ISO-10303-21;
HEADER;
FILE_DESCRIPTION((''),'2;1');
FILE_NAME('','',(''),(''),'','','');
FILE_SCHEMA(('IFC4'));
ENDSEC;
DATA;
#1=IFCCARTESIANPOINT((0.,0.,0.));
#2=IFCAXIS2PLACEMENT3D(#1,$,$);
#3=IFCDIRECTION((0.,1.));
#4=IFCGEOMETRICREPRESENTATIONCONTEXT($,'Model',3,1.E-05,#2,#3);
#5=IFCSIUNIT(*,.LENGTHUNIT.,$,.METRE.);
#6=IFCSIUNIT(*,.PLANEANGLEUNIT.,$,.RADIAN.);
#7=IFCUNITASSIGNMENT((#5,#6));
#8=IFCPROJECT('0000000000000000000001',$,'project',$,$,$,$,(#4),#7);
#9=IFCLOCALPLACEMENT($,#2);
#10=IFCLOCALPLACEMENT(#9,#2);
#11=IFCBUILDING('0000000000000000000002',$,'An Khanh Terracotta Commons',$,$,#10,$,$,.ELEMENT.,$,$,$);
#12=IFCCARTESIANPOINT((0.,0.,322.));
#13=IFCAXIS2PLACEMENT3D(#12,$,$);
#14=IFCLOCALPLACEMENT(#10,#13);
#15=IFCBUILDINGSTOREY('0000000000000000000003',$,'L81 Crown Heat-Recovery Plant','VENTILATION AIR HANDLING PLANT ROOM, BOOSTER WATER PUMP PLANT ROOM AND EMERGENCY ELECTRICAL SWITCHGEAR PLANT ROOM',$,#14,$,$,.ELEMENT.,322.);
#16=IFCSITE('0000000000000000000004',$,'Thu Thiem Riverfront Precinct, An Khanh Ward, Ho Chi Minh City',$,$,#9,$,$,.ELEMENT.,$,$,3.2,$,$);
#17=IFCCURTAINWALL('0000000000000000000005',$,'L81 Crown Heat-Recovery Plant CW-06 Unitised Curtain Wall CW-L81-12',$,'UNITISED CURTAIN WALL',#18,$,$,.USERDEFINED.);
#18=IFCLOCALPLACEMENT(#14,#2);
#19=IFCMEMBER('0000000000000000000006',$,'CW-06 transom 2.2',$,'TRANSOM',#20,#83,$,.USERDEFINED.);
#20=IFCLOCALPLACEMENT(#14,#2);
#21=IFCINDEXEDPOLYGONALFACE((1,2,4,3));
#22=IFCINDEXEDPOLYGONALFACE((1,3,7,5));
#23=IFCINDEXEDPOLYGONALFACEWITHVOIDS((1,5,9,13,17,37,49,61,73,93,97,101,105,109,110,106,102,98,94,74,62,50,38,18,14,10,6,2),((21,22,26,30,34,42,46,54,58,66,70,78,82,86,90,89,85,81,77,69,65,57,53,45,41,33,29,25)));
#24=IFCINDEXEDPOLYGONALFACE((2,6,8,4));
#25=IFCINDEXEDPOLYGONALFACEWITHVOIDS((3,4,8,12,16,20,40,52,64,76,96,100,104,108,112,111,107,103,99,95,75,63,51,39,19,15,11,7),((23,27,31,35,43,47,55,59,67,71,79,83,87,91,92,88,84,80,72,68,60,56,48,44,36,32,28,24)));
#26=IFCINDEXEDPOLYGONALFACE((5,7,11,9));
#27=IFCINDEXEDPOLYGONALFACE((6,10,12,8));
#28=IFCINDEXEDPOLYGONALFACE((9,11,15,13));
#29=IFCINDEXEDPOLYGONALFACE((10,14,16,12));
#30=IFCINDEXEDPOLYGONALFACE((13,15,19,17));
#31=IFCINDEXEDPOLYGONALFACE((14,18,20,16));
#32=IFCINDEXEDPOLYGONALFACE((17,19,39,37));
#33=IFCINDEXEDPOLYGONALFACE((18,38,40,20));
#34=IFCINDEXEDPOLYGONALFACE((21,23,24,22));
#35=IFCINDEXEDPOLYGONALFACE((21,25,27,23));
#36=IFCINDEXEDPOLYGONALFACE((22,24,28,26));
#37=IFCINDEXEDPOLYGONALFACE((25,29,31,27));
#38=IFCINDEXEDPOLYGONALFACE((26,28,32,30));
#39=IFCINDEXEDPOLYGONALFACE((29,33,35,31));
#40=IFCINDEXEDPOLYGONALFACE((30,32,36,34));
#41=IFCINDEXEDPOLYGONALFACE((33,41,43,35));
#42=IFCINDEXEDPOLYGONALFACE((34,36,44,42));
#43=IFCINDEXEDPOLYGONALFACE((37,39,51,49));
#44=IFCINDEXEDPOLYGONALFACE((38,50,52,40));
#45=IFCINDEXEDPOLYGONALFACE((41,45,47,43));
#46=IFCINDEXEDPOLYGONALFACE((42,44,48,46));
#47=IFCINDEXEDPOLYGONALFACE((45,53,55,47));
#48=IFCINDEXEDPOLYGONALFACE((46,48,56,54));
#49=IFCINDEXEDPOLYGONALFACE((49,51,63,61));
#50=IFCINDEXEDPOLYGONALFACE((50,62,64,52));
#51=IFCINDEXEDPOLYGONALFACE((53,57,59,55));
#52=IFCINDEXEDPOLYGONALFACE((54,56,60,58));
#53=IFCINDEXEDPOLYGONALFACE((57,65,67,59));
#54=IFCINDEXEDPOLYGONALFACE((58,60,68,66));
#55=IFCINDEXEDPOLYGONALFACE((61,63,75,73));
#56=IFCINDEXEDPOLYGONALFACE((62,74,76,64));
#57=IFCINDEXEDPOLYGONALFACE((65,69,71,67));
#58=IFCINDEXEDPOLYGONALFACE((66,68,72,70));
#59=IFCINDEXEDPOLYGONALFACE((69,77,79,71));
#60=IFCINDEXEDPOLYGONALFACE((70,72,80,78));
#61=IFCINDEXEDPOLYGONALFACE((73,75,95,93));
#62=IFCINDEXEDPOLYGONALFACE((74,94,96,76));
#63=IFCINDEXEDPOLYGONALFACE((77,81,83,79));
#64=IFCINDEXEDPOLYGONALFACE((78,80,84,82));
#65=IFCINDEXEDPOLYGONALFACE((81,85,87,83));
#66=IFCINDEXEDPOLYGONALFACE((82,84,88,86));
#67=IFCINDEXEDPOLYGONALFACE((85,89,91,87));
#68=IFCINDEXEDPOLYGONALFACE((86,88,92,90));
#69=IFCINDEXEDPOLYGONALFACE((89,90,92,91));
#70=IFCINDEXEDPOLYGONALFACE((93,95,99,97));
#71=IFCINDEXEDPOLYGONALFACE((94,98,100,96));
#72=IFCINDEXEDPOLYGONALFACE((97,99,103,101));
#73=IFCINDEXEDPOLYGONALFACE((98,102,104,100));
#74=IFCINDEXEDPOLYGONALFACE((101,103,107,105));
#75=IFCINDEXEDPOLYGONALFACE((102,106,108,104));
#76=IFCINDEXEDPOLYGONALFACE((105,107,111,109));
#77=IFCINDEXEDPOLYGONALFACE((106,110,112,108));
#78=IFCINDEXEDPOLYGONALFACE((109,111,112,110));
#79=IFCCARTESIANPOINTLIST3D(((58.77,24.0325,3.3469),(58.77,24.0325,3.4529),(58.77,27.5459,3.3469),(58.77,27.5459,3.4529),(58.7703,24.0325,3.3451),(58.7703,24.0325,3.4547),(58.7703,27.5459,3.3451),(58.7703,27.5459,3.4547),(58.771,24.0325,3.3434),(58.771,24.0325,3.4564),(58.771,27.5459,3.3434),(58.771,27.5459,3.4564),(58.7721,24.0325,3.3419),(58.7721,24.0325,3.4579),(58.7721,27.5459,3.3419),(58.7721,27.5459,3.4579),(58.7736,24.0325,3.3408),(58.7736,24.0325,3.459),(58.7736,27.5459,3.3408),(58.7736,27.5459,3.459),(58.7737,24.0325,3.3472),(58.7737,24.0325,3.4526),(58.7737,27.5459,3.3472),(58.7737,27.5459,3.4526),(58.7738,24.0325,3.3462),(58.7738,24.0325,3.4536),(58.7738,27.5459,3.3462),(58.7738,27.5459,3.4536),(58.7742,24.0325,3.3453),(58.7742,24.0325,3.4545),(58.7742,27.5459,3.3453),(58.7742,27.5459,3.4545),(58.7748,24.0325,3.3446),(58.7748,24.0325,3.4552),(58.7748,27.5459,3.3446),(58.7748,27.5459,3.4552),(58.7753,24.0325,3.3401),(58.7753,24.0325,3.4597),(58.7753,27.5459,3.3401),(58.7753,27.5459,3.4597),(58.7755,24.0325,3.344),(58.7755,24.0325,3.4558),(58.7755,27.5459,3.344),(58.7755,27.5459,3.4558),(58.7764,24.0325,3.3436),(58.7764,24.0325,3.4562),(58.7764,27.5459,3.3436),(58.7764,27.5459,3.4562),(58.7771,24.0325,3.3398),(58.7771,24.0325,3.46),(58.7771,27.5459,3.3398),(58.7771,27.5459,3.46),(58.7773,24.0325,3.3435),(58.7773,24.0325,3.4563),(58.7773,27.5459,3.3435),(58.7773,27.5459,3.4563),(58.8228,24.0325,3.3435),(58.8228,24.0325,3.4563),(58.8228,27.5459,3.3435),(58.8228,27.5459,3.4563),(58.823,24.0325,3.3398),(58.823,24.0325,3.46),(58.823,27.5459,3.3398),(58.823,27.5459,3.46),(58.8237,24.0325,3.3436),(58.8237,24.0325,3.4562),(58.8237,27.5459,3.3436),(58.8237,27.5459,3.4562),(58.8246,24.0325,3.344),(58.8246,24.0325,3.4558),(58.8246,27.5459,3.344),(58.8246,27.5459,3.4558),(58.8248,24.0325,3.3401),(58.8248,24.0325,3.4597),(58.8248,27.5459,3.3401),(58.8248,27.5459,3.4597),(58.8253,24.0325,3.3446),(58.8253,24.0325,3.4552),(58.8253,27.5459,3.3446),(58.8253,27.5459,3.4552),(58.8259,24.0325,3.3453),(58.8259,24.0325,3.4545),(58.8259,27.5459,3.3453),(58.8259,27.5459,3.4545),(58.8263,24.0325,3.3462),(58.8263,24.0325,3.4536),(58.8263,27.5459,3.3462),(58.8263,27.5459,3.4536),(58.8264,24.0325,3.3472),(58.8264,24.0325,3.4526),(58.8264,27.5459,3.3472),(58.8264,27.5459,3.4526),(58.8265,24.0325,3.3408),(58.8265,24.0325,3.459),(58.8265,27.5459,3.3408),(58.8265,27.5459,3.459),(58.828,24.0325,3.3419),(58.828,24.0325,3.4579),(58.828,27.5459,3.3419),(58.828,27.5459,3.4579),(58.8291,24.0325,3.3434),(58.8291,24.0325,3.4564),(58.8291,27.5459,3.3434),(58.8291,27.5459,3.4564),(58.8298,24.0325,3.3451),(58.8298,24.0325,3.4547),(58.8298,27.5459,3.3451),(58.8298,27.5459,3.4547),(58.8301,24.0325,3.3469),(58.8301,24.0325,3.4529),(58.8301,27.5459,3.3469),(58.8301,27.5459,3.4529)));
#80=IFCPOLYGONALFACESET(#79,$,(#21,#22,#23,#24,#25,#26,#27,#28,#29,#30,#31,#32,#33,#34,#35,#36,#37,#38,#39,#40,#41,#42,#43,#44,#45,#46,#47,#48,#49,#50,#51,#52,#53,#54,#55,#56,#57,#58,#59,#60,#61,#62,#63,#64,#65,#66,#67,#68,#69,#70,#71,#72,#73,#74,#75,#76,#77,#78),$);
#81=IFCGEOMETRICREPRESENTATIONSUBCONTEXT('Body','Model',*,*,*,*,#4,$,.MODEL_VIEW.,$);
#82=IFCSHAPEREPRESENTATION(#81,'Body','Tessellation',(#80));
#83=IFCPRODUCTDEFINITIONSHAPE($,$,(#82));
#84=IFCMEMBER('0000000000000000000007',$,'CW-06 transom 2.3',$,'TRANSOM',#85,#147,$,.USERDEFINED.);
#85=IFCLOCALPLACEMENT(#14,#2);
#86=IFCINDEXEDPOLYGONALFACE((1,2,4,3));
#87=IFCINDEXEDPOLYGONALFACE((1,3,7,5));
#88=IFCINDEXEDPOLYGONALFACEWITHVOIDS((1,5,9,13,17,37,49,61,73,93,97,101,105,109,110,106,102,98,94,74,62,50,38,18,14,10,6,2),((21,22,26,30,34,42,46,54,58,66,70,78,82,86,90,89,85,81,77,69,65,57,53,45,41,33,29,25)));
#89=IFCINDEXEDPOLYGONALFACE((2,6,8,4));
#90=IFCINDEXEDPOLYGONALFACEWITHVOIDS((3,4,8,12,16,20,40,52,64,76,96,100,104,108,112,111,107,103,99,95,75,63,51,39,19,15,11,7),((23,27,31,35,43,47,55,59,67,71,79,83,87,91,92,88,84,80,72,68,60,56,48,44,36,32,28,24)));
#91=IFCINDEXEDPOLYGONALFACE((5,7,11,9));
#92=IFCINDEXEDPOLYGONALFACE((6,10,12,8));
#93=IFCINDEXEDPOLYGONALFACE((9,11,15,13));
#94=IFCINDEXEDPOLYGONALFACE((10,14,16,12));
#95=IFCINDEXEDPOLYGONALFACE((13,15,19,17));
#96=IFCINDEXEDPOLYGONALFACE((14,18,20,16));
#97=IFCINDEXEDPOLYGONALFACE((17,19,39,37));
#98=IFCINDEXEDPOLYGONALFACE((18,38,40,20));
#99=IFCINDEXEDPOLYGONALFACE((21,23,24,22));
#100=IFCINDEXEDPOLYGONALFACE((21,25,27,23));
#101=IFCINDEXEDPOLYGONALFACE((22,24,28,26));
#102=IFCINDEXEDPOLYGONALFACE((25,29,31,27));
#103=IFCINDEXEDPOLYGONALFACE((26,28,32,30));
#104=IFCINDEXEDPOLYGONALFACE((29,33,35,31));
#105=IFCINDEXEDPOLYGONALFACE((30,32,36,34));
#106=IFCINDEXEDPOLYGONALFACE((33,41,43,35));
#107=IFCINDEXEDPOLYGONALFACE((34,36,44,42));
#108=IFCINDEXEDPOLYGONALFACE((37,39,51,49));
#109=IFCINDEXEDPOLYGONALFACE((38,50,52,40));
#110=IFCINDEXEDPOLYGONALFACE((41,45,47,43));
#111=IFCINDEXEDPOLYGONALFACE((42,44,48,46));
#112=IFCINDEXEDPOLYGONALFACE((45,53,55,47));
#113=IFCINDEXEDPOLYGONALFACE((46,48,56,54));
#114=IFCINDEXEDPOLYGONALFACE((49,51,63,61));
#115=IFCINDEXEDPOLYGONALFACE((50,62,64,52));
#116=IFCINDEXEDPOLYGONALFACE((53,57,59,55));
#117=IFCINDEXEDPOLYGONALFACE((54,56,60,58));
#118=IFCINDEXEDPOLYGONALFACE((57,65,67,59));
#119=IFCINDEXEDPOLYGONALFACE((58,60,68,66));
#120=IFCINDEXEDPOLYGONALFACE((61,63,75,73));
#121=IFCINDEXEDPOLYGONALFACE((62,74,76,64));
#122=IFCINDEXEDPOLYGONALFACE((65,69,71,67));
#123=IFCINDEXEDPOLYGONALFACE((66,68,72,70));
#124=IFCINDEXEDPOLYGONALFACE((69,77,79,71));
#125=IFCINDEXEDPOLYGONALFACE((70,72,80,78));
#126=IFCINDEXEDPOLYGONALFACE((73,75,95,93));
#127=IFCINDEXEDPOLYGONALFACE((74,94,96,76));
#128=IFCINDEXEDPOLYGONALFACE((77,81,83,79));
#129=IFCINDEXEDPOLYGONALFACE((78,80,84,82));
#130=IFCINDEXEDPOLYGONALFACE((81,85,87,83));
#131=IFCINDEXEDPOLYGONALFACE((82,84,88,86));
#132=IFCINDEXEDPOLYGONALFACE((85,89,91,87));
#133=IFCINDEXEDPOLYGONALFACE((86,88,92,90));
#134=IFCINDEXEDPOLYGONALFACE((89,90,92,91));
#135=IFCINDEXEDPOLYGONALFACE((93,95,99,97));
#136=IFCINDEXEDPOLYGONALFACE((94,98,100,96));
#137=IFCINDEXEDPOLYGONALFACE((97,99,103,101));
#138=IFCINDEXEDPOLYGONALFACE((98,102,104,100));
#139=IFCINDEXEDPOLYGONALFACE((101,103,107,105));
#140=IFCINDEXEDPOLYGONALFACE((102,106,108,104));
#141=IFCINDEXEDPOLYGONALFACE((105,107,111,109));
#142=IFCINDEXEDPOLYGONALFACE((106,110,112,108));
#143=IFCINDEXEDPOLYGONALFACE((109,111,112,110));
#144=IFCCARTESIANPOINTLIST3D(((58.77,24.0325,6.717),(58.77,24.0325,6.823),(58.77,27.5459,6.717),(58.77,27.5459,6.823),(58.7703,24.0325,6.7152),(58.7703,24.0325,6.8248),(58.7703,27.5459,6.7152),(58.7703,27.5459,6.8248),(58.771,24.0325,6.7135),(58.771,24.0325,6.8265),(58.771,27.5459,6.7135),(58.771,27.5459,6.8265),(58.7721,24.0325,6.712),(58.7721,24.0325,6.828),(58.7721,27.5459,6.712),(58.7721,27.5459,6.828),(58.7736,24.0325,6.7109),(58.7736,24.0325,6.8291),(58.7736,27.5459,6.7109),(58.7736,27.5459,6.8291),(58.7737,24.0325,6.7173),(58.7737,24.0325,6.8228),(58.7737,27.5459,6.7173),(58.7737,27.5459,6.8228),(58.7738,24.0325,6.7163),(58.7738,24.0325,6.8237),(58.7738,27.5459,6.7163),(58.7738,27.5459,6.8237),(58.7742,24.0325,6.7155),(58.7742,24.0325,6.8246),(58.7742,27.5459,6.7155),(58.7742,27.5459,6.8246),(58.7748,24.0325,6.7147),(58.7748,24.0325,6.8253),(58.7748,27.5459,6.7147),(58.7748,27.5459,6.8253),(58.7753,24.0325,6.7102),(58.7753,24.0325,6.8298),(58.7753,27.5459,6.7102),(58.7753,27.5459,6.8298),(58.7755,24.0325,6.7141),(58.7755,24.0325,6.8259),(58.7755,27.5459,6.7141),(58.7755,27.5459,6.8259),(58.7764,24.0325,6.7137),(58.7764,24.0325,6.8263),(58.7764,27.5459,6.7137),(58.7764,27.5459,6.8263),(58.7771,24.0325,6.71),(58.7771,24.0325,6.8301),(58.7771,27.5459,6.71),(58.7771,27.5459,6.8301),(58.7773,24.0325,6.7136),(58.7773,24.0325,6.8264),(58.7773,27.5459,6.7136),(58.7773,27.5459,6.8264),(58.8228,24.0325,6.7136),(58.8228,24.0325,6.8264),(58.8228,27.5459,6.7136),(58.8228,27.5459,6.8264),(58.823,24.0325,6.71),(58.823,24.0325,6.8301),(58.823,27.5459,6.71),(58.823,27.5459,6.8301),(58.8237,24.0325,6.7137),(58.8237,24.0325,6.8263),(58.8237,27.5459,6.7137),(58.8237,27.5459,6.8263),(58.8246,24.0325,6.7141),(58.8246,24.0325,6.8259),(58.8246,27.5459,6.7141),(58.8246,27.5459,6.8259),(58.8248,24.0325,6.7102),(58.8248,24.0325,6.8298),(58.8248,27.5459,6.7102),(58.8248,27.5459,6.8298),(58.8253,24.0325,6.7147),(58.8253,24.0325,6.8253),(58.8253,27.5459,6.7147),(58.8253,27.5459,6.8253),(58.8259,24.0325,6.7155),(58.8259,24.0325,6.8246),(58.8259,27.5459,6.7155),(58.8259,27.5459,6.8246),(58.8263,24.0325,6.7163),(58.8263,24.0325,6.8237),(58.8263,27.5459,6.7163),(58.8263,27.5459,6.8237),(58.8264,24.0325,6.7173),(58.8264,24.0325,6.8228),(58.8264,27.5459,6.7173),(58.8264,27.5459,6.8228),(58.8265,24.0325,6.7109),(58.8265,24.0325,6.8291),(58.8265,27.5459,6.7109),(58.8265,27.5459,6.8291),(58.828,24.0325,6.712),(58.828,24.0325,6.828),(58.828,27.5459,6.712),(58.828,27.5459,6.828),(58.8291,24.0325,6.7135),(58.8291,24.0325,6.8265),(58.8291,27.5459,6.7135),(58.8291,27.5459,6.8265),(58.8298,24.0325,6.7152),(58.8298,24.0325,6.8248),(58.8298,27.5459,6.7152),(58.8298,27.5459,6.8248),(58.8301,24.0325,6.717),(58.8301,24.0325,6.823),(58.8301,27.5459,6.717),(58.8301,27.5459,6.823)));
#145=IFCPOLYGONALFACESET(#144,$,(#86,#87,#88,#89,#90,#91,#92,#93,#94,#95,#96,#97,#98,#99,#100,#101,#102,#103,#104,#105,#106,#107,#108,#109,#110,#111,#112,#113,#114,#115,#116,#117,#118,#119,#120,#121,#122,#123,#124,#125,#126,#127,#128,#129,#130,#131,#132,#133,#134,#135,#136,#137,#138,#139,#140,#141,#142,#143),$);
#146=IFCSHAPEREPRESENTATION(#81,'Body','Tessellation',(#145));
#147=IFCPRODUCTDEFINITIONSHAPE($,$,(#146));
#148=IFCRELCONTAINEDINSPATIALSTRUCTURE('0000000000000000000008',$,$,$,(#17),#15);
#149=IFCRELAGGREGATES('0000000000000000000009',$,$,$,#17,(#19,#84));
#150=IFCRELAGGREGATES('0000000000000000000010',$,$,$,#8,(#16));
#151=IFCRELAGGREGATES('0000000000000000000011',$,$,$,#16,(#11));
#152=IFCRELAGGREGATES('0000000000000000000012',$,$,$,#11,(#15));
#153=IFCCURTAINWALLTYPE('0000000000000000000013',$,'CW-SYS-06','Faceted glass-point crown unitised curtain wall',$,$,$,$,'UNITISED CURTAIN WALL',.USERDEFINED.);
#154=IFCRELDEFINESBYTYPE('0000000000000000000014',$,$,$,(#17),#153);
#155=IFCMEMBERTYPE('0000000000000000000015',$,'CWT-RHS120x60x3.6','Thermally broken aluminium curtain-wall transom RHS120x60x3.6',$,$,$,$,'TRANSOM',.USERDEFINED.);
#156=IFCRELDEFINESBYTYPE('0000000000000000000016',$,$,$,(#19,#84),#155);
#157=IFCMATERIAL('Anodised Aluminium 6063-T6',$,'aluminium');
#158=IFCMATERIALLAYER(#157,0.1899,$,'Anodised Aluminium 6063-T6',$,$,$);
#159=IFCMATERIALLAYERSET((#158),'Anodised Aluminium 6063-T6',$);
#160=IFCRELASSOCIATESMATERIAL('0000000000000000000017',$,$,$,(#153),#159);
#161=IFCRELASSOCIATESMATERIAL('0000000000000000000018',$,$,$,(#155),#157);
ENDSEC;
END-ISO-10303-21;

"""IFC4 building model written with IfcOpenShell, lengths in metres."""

from ifc_helpers import new_model, si_unit, direction, frame, origin, origin_2d, place, context, subcontext, project, spatial, hollow_rectangle, extrude, material, layer, layer_set, material_profile, profile_set, type_object, element, aggregate, save


model = new_model("IFC4")

# Units and contexts
model_context = context("Model", 3, precision=1e-05, world=origin(), true_north=direction((0.0, 1.0)))
body_context = subcontext(model_context, "Body", "Model", "MODEL_VIEW")
ifc_project = project(units=[si_unit("LENGTHUNIT", "METRE"), si_unit("PLANEANGLEUNIT", "RADIAN")], contexts=[model_context])

# Site, building, storey
site_placement = place(None, origin())
site = spatial("IfcSite", under=ifc_project, at=site_placement, Name="Thu Thiem Riverfront Precinct, An Khanh Ward, Ho Chi Minh City", CompositionType="ELEMENT", RefElevation=3.2)
building_placement = place(site_placement, origin())
building = spatial("IfcBuilding", under=site, at=building_placement, Name="An Khanh Terracotta Commons", CompositionType="ELEMENT")
storey_placement = place(building_placement, frame((0.0, 0.0, 322.0)))
storey = spatial("IfcBuildingStorey", under=building, at=storey_placement, Name="L81 Crown Heat-Recovery Plant", Description="VENTILATION AIR HANDLING PLANT ROOM, BOOSTER WATER PUMP PLANT ROOM AND EMERGENCY ELECTRICAL SWITCHGEAR PLANT ROOM", CompositionType="ELEMENT", Elevation=322.0)

# Curtain wall
ifc_material_1 = material(Name="Anodised Aluminium 6063-T6", Category="aluminium")
ifc_layer_1 = layer(ifc_material_1, 0.1899, Name="Anodised Aluminium 6063-T6")
ifc_layer_set_1 = layer_set([ifc_layer_1], Name="Anodised Aluminium 6063-T6")
curtain_wall_type = type_object("IfcCurtainWallType", Name="CW-SYS-06", Description="Faceted glass-point crown unitised curtain wall", ElementType="UNITISED CURTAIN WALL", PredefinedType="USERDEFINED", material=ifc_layer_set_1)
curtain_wall_1_placement = place(storey_placement, origin())
curtain_wall_1 = element("IfcCurtainWall", 1, at=curtain_wall_1_placement, inside=storey, type_object=curtain_wall_type, Name="L81 Crown Heat-Recovery Plant CW-06 Unitised Curtain Wall CW-L81-12", ObjectType="UNITISED CURTAIN WALL", PredefinedType="USERDEFINED")

# Members
ifc_material_profile_1 = material_profile(ifc_material_1, hollow_rectangle(XDim=0.0601, YDim=0.1201, WallThickness=0.0037, InnerFilletRadius=0.0037, OuterFilletRadius=0.0071, at=origin_2d()), Name="RHS120x60x3.6")
ifc_profile_set_1 = profile_set([ifc_material_profile_1], Name="Anodised Aluminium 6063-T6")
member_type_1 = type_object("IfcMemberType", Name="CWT-RHS120x60x3.6", Description="Thermally broken aluminium curtain-wall transom RHS120x60x3.6", ElementType="TRANSOM", PredefinedType="USERDEFINED", material=ifc_profile_set_1)
member_1_placement = place(storey_placement, frame((58.8, 24.0325, 3.3999), z_axis=(0.0, 1.0, 0.0), x_axis=(-1.0, 0.0, 0.0)))
member_1 = element("IfcMember", 2, at=member_1_placement, type_object=member_type_1, Name="CW-06 transom 2.2", ObjectType="TRANSOM", PredefinedType="USERDEFINED", context=body_context, shape_type="SweptSolid", body=[
    extrude(hollow_rectangle(XDim=0.0601, YDim=0.1201, WallThickness=0.0037, InnerFilletRadius=0.0037, OuterFilletRadius=0.0071, at=origin_2d()), origin(), (0.0, 0.0, 1.0), 3.5134),
])
member_2_placement = place(storey_placement, frame((58.8, 24.0325, 6.77), z_axis=(0.0, 1.0, 0.0), x_axis=(-1.0, 0.0, 0.0)))
member_2 = element("IfcMember", 3, at=member_2_placement, type_object=member_type_1, Name="CW-06 transom 2.3", ObjectType="TRANSOM", PredefinedType="USERDEFINED", context=body_context, shape_type="SweptSolid", body=[
    extrude(hollow_rectangle(XDim=0.0601, YDim=0.1201, WallThickness=0.0037, InnerFilletRadius=0.0037, OuterFilletRadius=0.0071, at=origin_2d()), origin(), (0.0, 0.0, 1.0), 3.5134),
])

aggregate(curtain_wall_1, [member_1, member_2])

save(model, "model.ifc")
